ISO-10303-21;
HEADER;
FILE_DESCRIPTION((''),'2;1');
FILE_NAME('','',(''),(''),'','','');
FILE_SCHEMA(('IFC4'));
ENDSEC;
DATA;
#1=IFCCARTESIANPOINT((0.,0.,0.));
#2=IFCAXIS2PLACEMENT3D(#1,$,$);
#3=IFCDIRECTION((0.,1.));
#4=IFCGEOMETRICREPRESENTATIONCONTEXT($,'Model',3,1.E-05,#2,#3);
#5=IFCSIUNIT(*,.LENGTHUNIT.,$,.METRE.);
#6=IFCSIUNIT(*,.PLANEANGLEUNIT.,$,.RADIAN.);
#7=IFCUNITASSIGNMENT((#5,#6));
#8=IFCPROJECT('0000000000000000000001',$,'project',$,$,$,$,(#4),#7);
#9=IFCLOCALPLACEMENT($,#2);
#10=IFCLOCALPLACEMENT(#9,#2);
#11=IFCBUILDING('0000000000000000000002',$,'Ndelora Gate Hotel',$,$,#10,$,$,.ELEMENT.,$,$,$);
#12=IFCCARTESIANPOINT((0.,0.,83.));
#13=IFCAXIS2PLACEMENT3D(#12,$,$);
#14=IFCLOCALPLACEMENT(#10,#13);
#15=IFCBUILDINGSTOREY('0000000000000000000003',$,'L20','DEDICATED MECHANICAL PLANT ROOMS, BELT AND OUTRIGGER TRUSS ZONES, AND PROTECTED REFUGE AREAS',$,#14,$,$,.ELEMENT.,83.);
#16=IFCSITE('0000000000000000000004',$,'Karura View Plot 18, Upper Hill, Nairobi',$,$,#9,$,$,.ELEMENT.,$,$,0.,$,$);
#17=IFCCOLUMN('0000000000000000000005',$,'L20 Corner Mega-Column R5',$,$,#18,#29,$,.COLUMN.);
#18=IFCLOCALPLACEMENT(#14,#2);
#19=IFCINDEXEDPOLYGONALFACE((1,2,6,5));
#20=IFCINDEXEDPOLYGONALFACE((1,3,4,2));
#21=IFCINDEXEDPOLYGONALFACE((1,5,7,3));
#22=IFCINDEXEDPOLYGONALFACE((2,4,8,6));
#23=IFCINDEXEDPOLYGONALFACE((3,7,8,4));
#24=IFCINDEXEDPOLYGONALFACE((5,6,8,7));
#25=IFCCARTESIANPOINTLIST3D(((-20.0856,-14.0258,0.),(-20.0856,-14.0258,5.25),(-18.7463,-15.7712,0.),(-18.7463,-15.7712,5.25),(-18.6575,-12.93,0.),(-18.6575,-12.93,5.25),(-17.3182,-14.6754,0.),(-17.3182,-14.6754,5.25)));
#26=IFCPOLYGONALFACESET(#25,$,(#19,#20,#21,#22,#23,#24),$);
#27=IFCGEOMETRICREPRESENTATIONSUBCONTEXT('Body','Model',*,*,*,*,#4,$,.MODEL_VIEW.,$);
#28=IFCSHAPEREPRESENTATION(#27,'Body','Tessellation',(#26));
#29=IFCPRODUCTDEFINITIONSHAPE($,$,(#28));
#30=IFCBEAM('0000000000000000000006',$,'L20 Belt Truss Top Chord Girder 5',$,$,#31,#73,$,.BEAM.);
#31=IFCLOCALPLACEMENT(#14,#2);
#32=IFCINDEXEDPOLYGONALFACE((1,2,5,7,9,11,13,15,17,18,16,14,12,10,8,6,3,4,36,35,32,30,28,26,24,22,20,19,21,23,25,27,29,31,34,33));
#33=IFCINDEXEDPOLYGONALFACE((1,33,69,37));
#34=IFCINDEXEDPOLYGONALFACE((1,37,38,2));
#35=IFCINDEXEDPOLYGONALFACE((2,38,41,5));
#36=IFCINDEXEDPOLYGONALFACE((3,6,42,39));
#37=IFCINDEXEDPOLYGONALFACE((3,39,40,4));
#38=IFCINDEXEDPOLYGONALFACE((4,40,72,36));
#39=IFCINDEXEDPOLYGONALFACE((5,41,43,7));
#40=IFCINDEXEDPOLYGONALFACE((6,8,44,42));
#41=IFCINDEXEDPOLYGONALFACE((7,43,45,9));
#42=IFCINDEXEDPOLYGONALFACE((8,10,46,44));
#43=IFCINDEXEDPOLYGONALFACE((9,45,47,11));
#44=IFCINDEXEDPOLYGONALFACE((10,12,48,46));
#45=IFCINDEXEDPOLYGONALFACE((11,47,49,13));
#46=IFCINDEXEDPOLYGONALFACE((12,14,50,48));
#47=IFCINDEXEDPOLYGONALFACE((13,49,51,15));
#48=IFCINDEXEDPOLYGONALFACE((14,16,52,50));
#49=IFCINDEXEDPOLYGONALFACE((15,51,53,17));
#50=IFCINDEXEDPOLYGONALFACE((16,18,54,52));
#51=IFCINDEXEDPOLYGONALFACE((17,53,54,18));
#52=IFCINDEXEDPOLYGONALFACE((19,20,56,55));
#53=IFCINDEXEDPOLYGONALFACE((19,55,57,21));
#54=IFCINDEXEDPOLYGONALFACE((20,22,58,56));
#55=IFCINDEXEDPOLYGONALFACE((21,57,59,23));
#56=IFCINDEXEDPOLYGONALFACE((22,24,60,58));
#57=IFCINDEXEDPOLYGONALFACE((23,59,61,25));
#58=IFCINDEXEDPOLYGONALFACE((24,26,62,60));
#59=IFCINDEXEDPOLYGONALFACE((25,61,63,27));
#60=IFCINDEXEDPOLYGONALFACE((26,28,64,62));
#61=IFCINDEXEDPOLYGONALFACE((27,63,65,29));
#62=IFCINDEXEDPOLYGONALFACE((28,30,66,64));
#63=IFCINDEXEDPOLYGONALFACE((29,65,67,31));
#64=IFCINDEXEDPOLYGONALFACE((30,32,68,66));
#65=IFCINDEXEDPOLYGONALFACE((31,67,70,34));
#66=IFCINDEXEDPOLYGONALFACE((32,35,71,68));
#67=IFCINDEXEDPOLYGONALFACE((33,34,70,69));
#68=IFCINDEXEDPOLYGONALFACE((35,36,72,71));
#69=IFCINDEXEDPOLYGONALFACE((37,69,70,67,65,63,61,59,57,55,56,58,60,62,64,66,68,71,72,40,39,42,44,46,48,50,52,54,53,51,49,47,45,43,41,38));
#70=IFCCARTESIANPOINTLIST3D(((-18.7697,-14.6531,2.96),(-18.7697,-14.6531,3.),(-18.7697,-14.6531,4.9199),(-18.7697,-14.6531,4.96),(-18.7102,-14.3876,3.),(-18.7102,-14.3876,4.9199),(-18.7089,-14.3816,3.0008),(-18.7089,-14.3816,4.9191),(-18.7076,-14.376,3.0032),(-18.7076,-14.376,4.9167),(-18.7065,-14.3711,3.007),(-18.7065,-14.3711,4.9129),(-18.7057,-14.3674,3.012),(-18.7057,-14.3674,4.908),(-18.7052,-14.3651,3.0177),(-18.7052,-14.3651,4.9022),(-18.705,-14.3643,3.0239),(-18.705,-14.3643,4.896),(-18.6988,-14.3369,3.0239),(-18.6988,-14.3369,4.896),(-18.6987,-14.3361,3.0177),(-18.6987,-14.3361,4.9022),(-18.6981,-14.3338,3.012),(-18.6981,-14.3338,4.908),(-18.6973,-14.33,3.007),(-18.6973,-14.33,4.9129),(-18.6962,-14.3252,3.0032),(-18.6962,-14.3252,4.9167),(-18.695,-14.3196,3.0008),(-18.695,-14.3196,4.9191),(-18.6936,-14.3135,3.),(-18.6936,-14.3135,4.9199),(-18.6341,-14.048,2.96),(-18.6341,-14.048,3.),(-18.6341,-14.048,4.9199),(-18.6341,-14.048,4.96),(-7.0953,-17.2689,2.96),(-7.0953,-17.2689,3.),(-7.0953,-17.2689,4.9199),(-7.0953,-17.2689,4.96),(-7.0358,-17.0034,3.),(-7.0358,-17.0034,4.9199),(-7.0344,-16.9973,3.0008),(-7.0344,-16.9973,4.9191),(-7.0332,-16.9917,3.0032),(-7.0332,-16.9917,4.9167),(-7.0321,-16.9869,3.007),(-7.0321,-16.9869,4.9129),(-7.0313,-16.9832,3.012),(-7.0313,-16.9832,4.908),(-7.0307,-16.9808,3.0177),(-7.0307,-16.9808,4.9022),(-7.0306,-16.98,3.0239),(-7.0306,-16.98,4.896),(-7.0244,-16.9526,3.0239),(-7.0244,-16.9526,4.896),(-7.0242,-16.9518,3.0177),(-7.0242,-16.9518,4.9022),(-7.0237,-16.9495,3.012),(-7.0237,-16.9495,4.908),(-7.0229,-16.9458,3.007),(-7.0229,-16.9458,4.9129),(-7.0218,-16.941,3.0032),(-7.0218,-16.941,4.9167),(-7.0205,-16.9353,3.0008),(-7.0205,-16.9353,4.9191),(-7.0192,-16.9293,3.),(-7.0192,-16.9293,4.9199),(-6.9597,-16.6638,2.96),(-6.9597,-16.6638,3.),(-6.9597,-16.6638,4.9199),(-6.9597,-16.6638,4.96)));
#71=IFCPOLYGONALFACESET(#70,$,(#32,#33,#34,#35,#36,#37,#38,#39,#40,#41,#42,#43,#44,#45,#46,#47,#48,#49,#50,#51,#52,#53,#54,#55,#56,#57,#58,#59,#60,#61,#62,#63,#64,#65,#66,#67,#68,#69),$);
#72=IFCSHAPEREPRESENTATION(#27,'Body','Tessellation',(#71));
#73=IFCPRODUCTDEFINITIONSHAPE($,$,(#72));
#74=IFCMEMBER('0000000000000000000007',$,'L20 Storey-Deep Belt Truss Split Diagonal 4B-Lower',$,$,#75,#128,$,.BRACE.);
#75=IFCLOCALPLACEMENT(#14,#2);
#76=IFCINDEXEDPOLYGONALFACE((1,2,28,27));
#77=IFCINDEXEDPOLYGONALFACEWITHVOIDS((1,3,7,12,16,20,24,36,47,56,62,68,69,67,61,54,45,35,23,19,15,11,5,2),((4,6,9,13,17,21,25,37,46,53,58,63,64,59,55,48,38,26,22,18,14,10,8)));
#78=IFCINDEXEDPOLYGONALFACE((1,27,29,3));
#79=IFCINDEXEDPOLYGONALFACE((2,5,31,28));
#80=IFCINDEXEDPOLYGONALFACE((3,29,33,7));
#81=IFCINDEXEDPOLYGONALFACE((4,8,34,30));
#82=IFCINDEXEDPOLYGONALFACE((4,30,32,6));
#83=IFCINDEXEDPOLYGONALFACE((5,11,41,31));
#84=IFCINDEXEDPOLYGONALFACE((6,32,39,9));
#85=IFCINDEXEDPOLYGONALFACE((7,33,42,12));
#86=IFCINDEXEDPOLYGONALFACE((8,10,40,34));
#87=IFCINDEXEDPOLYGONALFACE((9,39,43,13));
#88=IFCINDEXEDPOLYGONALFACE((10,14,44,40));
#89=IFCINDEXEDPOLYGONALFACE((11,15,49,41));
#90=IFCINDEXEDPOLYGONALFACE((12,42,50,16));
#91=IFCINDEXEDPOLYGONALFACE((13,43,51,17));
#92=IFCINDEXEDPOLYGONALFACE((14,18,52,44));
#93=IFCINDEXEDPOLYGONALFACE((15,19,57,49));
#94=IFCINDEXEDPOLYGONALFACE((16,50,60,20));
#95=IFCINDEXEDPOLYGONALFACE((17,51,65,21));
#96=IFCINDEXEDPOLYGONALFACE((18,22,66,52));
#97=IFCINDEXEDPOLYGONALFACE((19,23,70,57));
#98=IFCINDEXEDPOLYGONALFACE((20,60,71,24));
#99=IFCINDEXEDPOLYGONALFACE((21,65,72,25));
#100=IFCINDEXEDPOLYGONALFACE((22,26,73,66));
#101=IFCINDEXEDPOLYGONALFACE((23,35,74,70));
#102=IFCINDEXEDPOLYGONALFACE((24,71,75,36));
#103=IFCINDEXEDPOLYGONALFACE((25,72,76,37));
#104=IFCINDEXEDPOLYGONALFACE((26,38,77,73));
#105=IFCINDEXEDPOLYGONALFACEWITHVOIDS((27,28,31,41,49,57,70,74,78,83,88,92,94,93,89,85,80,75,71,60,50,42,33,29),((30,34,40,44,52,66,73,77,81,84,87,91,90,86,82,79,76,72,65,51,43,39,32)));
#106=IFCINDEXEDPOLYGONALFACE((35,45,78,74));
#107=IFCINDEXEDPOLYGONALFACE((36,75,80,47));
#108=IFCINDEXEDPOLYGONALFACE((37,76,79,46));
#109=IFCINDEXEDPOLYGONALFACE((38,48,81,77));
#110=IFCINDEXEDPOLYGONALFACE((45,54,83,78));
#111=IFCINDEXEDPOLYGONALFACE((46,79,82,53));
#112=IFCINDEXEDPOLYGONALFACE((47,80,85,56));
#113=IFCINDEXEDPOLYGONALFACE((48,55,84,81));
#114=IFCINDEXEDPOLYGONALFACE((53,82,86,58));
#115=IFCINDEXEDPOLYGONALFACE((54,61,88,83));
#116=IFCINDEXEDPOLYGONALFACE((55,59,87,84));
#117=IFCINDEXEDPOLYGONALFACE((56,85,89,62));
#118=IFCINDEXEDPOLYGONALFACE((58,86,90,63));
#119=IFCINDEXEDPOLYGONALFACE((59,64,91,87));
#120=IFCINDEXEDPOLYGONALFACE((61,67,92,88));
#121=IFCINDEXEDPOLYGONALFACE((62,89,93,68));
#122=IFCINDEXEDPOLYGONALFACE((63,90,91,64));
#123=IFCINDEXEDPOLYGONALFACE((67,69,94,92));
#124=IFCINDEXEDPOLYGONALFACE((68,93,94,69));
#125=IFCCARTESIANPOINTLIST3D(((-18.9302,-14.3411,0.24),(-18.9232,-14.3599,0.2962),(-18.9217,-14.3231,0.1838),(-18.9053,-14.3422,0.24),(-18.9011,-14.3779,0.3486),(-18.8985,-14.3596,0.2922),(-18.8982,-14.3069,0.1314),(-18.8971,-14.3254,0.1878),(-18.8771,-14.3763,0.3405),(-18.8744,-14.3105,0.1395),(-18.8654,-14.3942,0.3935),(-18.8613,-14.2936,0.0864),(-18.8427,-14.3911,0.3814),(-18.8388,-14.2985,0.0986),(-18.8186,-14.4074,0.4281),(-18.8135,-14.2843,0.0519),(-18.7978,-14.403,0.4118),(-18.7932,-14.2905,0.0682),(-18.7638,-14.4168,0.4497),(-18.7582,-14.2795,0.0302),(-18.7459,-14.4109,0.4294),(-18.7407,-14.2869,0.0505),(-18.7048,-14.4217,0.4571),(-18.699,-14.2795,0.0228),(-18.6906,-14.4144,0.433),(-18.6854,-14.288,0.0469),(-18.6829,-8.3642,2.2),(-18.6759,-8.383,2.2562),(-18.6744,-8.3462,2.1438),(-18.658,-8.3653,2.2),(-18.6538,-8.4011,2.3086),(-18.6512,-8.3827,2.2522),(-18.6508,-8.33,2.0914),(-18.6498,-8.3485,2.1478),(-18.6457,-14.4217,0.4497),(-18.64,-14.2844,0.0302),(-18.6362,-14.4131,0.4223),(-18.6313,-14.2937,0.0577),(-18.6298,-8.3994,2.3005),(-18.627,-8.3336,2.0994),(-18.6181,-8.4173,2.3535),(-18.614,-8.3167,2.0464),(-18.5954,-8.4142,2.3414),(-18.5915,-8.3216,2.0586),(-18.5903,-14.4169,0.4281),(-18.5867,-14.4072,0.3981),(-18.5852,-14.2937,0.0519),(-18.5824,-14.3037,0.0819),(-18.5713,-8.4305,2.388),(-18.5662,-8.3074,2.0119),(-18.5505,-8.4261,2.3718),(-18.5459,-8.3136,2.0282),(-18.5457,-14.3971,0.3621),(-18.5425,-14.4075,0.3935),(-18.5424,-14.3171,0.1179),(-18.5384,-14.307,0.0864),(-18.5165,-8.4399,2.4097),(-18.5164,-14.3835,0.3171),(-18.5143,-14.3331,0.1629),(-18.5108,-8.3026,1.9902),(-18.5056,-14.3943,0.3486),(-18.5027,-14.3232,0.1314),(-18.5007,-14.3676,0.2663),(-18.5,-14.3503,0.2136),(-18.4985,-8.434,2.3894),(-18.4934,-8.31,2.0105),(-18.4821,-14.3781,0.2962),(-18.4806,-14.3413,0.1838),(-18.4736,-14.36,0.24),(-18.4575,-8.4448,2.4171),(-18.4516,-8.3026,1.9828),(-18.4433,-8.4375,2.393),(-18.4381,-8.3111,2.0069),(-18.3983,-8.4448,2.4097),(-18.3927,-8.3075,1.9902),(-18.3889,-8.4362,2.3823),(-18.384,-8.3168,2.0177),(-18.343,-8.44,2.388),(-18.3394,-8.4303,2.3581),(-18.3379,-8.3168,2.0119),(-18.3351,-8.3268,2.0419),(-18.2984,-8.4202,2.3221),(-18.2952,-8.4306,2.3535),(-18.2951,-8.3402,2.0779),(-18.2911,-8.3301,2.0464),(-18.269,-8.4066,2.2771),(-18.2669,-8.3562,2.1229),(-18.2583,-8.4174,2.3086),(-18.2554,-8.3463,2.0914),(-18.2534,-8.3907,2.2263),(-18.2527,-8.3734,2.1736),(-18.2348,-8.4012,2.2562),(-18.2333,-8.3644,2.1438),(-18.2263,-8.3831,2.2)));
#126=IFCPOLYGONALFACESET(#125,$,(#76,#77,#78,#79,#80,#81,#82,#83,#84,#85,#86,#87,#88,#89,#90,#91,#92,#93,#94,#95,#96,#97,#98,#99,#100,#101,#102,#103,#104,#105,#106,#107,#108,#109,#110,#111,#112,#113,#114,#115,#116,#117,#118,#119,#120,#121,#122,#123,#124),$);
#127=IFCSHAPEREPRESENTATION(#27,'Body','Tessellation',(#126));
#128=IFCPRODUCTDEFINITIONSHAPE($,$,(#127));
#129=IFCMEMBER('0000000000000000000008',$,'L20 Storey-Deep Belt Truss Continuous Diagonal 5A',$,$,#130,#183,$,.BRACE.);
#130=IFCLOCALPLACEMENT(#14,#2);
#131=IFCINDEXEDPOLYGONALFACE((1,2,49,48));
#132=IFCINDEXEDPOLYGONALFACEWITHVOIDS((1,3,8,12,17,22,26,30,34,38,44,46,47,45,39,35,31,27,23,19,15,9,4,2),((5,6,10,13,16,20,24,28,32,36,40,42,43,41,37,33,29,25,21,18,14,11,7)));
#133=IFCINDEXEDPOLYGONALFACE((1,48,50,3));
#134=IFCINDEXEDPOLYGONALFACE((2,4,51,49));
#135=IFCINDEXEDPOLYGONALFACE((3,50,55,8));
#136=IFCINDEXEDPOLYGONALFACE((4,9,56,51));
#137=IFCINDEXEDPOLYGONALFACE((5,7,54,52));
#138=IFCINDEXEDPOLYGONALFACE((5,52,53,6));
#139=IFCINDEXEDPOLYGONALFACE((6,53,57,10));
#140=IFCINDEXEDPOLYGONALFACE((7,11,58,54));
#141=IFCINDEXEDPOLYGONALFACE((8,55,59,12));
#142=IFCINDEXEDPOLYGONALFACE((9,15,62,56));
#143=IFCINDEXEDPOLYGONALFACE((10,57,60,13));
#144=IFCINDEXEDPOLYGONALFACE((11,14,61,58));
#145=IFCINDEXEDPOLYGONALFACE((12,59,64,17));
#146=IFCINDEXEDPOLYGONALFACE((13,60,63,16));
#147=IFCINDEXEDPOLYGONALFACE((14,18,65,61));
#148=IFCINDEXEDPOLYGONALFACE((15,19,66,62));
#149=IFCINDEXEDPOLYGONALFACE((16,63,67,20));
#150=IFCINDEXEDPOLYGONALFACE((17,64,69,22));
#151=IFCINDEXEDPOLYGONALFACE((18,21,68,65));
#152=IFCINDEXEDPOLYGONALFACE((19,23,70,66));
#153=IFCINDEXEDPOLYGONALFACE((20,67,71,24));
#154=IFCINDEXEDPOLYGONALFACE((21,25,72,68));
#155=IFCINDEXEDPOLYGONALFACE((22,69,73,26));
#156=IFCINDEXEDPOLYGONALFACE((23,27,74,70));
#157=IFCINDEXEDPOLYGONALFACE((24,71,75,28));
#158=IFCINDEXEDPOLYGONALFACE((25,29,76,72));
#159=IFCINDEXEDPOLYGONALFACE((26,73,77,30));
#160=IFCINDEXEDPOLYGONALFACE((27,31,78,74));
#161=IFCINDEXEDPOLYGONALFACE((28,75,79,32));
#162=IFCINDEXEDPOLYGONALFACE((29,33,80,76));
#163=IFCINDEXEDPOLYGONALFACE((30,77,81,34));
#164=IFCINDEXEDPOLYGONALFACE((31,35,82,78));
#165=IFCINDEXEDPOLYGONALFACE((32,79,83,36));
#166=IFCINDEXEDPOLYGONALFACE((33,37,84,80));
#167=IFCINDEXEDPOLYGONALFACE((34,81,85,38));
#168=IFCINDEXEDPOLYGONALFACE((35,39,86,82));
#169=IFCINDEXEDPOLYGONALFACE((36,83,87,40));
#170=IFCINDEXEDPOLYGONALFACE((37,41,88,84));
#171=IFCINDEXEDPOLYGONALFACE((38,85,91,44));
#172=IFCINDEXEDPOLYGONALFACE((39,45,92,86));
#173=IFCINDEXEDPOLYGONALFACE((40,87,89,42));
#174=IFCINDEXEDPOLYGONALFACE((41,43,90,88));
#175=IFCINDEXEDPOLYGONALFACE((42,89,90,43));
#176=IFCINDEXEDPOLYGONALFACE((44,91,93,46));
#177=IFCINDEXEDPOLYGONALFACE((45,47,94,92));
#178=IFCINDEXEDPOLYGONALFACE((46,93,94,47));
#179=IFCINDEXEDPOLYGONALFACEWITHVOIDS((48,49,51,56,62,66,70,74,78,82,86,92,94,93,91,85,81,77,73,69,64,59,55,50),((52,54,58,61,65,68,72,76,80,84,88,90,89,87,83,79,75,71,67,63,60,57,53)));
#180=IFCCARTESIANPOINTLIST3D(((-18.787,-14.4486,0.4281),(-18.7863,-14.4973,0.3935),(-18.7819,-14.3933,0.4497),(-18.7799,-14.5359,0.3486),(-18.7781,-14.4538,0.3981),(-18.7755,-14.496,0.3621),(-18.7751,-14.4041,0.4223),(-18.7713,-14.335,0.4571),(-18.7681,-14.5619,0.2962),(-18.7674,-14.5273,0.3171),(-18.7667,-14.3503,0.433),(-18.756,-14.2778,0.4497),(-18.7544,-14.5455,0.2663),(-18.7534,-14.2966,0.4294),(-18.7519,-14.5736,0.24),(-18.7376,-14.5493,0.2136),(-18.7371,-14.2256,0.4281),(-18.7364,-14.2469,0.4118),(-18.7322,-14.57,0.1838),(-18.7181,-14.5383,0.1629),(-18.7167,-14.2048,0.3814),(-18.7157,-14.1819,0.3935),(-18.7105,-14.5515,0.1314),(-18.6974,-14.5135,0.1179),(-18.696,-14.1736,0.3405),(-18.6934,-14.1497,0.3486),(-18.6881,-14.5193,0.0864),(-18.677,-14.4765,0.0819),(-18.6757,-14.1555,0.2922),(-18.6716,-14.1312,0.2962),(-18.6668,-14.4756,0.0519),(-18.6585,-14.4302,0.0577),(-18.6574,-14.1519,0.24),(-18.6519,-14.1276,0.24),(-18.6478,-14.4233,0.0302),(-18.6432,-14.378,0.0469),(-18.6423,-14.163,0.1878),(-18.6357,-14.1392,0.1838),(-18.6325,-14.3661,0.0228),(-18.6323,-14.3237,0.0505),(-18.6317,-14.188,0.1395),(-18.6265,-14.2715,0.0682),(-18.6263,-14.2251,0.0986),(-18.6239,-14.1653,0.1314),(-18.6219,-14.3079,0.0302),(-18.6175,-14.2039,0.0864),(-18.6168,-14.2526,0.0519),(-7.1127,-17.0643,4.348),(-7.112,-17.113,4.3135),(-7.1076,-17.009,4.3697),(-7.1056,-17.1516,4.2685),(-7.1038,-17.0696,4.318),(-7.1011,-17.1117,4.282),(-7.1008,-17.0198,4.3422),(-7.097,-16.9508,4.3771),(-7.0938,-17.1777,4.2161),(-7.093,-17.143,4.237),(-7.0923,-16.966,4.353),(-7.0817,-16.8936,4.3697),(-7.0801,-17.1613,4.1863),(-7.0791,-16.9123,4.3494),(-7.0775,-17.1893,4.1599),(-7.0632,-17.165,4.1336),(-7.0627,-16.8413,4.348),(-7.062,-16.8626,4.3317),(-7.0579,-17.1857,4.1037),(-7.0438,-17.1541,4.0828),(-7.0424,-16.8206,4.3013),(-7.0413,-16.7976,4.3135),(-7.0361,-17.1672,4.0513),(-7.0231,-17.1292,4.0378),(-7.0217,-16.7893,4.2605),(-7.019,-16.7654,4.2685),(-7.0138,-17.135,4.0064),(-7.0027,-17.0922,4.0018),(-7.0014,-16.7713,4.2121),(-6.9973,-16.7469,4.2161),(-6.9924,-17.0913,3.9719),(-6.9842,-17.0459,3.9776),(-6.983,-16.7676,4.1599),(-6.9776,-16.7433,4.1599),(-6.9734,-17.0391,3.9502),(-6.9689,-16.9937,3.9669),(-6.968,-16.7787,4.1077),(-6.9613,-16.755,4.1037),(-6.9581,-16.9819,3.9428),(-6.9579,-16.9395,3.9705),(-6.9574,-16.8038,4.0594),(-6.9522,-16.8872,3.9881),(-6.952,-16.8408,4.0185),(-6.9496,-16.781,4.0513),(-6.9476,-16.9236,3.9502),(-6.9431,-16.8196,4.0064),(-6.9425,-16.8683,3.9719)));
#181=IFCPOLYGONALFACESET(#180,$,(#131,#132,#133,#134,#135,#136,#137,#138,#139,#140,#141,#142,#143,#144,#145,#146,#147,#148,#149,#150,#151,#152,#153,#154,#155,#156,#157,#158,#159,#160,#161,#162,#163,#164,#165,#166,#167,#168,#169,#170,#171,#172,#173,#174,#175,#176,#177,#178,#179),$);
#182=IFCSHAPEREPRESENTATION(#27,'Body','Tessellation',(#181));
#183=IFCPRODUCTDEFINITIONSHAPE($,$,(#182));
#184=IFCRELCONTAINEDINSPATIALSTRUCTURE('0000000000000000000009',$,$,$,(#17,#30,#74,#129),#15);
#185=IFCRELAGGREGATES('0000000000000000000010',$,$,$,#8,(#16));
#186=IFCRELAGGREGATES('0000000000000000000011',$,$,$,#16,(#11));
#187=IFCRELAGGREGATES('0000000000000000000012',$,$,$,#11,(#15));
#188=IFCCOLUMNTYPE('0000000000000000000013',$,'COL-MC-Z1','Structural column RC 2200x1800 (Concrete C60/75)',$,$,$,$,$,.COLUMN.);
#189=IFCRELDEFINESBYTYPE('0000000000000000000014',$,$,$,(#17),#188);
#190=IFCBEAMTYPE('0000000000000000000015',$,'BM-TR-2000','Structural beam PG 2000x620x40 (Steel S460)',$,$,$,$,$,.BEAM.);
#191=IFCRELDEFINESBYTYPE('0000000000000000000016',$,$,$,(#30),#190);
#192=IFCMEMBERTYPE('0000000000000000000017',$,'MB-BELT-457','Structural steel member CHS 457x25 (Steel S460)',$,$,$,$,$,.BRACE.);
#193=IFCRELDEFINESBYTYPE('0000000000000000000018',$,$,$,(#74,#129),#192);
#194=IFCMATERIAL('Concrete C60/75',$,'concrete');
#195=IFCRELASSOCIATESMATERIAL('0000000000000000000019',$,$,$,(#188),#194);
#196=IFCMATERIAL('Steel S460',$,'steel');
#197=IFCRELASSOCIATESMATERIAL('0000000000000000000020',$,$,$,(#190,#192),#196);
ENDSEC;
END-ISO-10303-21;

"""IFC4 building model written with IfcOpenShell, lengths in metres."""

from ifc_helpers import new_model, si_unit, direction, frame, origin, origin_2d, place, context, subcontext, project, spatial, rectangle, hollow_circle, i_section, extrude, material, material_profile, profile_set, type_object, element, save


model = new_model("IFC4")

# Units and contexts
model_context = context("Model", 3, precision=1e-05, world=origin(), true_north=direction((0.0, 1.0)))
body_context = subcontext(model_context, "Body", "Model", "MODEL_VIEW")
ifc_project = project(units=[si_unit("LENGTHUNIT", "METRE"), si_unit("PLANEANGLEUNIT", "RADIAN")], contexts=[model_context])

# Site, building, storey
site_placement = place(None, origin())
site = spatial("IfcSite", under=ifc_project, at=site_placement, Name="Karura View Plot 18, Upper Hill, Nairobi", CompositionType="ELEMENT", RefElevation=0.0)
building_placement = place(site_placement, origin())
building = spatial("IfcBuilding", under=site, at=building_placement, Name="Ndelora Gate Hotel", CompositionType="ELEMENT")
storey_placement = place(building_placement, frame((0.0, 0.0, 83.0)))
storey = spatial("IfcBuildingStorey", under=building, at=storey_placement, Name="L20", Description="DEDICATED MECHANICAL PLANT ROOMS, BELT AND OUTRIGGER TRUSS ZONES, AND PROTECTED REFUGE AREAS", CompositionType="ELEMENT", Elevation=83.0)

# Column
ifc_material_1 = material(Name="Concrete C60/75", Category="concrete")
ifc_material_profile_1 = material_profile(ifc_material_1, rectangle(XDim=1.8, YDim=2.2, at=origin_2d()), Name="RC 2200x1800")
ifc_profile_set_1 = profile_set([ifc_material_profile_1], Name="Concrete C60/75")
column_type = type_object("IfcColumnType", Name="COL-MC-Z1", Description="Structural column RC 2200x1800 (Concrete C60/75)", PredefinedType="COLUMN", material=ifc_profile_set_1)
column_placement = place(storey_placement, frame((-18.7019, -14.3506, 0.0), z_axis=(0.0, 0.0, 1.0), x_axis=(0.793353, 0.608761, 0.0)))
element("IfcColumn", 1, at=column_placement, inside=storey, type_object=column_type, Name="L20 Corner Mega-Column R5", PredefinedType="COLUMN", context=body_context, shape_type="SweptSolid", body=[
    extrude(rectangle(XDim=1.8, YDim=2.2, at=origin_2d()), origin(), (0.0, 0.0, 1.0), 5.25),
])

# Beam
ifc_material_2 = material(Name="Steel S460", Category="steel")
ifc_material_profile_2 = material_profile(ifc_material_2, i_section(OverallWidth=0.6201, OverallDepth=2.0, WebThickness=0.0281, FlangeThickness=0.04, FilletRadius=0.0239, at=origin_2d()), Name="PG 2000x620x40")
ifc_profile_set_2 = profile_set([ifc_material_profile_2], Name="Steel S460")
beam_type = type_object("IfcBeamType", Name="BM-TR-2000", Description="Structural beam PG 2000x620x40 (Steel S460)", PredefinedType="BEAM", material=ifc_profile_set_2)
beam_placement = place(storey_placement, frame((-18.7019, -14.3506, 3.96), z_axis=(0.975806, -0.218637, 0.0), x_axis=(0.218637, 0.975806, 0.0)))
element("IfcBeam", 2, at=beam_placement, inside=storey, type_object=beam_type, Name="L20 Belt Truss Top Chord Girder 5", PredefinedType="BEAM", context=body_context, shape_type="SweptSolid", body=[
    extrude(i_section(OverallWidth=0.6201, OverallDepth=2.0, WebThickness=0.0281, FlangeThickness=0.04, FilletRadius=0.0239, at=origin_2d()), origin(), (0.0, 0.0, 1.0), 11.9639),
])

# Members
ifc_material_profile_3 = material_profile(ifc_material_2, hollow_circle(Radius=0.2285, WallThickness=0.0249, at=origin_2d()), Name="CHS 457x25")
ifc_profile_set_3 = profile_set([ifc_material_profile_3], Name="Steel S460")
member_type_1 = type_object("IfcMemberType", Name="MB-BELT-457", Description="Structural steel member CHS 457x25 (Steel S460)", PredefinedType="BRACE", material=ifc_profile_set_3)
member_1_placement = place(storey_placement, frame((-18.7019, -14.3506, 0.24), z_axis=(0.039289, 0.949479, 0.311361), x_axis=(-0.999145, 0.041344, 0.0)))
element("IfcMember", 3, at=member_1_placement, inside=storey, type_object=member_type_1, Name="L20 Storey-Deep Belt Truss Split Diagonal 4B-Lower", PredefinedType="BRACE", context=body_context, shape_type="SweptSolid", body=[
    extrude(hollow_circle(Radius=0.2285, WallThickness=0.0249, at=origin_2d()), origin(), (0.0, 0.0, 1.0), 6.2949),
])
member_2_placement = place(storey_placement, frame((-18.7019, -14.3506, 0.24), z_axis=(0.9273, -0.207769, 0.311362), x_axis=(0.218637, 0.975806, 0.0)))
element("IfcMember", 4, at=member_2_placement, inside=storey, type_object=member_type_1, Name="L20 Storey-Deep Belt Truss Continuous Diagonal 5A", PredefinedType="BRACE", context=body_context, shape_type="SweptSolid", body=[
    extrude(hollow_circle(Radius=0.2285, WallThickness=0.0249, at=origin_2d()), origin(), (0.0, 0.0, 1.0), 12.5896),
])

save(model, "model.ifc")
